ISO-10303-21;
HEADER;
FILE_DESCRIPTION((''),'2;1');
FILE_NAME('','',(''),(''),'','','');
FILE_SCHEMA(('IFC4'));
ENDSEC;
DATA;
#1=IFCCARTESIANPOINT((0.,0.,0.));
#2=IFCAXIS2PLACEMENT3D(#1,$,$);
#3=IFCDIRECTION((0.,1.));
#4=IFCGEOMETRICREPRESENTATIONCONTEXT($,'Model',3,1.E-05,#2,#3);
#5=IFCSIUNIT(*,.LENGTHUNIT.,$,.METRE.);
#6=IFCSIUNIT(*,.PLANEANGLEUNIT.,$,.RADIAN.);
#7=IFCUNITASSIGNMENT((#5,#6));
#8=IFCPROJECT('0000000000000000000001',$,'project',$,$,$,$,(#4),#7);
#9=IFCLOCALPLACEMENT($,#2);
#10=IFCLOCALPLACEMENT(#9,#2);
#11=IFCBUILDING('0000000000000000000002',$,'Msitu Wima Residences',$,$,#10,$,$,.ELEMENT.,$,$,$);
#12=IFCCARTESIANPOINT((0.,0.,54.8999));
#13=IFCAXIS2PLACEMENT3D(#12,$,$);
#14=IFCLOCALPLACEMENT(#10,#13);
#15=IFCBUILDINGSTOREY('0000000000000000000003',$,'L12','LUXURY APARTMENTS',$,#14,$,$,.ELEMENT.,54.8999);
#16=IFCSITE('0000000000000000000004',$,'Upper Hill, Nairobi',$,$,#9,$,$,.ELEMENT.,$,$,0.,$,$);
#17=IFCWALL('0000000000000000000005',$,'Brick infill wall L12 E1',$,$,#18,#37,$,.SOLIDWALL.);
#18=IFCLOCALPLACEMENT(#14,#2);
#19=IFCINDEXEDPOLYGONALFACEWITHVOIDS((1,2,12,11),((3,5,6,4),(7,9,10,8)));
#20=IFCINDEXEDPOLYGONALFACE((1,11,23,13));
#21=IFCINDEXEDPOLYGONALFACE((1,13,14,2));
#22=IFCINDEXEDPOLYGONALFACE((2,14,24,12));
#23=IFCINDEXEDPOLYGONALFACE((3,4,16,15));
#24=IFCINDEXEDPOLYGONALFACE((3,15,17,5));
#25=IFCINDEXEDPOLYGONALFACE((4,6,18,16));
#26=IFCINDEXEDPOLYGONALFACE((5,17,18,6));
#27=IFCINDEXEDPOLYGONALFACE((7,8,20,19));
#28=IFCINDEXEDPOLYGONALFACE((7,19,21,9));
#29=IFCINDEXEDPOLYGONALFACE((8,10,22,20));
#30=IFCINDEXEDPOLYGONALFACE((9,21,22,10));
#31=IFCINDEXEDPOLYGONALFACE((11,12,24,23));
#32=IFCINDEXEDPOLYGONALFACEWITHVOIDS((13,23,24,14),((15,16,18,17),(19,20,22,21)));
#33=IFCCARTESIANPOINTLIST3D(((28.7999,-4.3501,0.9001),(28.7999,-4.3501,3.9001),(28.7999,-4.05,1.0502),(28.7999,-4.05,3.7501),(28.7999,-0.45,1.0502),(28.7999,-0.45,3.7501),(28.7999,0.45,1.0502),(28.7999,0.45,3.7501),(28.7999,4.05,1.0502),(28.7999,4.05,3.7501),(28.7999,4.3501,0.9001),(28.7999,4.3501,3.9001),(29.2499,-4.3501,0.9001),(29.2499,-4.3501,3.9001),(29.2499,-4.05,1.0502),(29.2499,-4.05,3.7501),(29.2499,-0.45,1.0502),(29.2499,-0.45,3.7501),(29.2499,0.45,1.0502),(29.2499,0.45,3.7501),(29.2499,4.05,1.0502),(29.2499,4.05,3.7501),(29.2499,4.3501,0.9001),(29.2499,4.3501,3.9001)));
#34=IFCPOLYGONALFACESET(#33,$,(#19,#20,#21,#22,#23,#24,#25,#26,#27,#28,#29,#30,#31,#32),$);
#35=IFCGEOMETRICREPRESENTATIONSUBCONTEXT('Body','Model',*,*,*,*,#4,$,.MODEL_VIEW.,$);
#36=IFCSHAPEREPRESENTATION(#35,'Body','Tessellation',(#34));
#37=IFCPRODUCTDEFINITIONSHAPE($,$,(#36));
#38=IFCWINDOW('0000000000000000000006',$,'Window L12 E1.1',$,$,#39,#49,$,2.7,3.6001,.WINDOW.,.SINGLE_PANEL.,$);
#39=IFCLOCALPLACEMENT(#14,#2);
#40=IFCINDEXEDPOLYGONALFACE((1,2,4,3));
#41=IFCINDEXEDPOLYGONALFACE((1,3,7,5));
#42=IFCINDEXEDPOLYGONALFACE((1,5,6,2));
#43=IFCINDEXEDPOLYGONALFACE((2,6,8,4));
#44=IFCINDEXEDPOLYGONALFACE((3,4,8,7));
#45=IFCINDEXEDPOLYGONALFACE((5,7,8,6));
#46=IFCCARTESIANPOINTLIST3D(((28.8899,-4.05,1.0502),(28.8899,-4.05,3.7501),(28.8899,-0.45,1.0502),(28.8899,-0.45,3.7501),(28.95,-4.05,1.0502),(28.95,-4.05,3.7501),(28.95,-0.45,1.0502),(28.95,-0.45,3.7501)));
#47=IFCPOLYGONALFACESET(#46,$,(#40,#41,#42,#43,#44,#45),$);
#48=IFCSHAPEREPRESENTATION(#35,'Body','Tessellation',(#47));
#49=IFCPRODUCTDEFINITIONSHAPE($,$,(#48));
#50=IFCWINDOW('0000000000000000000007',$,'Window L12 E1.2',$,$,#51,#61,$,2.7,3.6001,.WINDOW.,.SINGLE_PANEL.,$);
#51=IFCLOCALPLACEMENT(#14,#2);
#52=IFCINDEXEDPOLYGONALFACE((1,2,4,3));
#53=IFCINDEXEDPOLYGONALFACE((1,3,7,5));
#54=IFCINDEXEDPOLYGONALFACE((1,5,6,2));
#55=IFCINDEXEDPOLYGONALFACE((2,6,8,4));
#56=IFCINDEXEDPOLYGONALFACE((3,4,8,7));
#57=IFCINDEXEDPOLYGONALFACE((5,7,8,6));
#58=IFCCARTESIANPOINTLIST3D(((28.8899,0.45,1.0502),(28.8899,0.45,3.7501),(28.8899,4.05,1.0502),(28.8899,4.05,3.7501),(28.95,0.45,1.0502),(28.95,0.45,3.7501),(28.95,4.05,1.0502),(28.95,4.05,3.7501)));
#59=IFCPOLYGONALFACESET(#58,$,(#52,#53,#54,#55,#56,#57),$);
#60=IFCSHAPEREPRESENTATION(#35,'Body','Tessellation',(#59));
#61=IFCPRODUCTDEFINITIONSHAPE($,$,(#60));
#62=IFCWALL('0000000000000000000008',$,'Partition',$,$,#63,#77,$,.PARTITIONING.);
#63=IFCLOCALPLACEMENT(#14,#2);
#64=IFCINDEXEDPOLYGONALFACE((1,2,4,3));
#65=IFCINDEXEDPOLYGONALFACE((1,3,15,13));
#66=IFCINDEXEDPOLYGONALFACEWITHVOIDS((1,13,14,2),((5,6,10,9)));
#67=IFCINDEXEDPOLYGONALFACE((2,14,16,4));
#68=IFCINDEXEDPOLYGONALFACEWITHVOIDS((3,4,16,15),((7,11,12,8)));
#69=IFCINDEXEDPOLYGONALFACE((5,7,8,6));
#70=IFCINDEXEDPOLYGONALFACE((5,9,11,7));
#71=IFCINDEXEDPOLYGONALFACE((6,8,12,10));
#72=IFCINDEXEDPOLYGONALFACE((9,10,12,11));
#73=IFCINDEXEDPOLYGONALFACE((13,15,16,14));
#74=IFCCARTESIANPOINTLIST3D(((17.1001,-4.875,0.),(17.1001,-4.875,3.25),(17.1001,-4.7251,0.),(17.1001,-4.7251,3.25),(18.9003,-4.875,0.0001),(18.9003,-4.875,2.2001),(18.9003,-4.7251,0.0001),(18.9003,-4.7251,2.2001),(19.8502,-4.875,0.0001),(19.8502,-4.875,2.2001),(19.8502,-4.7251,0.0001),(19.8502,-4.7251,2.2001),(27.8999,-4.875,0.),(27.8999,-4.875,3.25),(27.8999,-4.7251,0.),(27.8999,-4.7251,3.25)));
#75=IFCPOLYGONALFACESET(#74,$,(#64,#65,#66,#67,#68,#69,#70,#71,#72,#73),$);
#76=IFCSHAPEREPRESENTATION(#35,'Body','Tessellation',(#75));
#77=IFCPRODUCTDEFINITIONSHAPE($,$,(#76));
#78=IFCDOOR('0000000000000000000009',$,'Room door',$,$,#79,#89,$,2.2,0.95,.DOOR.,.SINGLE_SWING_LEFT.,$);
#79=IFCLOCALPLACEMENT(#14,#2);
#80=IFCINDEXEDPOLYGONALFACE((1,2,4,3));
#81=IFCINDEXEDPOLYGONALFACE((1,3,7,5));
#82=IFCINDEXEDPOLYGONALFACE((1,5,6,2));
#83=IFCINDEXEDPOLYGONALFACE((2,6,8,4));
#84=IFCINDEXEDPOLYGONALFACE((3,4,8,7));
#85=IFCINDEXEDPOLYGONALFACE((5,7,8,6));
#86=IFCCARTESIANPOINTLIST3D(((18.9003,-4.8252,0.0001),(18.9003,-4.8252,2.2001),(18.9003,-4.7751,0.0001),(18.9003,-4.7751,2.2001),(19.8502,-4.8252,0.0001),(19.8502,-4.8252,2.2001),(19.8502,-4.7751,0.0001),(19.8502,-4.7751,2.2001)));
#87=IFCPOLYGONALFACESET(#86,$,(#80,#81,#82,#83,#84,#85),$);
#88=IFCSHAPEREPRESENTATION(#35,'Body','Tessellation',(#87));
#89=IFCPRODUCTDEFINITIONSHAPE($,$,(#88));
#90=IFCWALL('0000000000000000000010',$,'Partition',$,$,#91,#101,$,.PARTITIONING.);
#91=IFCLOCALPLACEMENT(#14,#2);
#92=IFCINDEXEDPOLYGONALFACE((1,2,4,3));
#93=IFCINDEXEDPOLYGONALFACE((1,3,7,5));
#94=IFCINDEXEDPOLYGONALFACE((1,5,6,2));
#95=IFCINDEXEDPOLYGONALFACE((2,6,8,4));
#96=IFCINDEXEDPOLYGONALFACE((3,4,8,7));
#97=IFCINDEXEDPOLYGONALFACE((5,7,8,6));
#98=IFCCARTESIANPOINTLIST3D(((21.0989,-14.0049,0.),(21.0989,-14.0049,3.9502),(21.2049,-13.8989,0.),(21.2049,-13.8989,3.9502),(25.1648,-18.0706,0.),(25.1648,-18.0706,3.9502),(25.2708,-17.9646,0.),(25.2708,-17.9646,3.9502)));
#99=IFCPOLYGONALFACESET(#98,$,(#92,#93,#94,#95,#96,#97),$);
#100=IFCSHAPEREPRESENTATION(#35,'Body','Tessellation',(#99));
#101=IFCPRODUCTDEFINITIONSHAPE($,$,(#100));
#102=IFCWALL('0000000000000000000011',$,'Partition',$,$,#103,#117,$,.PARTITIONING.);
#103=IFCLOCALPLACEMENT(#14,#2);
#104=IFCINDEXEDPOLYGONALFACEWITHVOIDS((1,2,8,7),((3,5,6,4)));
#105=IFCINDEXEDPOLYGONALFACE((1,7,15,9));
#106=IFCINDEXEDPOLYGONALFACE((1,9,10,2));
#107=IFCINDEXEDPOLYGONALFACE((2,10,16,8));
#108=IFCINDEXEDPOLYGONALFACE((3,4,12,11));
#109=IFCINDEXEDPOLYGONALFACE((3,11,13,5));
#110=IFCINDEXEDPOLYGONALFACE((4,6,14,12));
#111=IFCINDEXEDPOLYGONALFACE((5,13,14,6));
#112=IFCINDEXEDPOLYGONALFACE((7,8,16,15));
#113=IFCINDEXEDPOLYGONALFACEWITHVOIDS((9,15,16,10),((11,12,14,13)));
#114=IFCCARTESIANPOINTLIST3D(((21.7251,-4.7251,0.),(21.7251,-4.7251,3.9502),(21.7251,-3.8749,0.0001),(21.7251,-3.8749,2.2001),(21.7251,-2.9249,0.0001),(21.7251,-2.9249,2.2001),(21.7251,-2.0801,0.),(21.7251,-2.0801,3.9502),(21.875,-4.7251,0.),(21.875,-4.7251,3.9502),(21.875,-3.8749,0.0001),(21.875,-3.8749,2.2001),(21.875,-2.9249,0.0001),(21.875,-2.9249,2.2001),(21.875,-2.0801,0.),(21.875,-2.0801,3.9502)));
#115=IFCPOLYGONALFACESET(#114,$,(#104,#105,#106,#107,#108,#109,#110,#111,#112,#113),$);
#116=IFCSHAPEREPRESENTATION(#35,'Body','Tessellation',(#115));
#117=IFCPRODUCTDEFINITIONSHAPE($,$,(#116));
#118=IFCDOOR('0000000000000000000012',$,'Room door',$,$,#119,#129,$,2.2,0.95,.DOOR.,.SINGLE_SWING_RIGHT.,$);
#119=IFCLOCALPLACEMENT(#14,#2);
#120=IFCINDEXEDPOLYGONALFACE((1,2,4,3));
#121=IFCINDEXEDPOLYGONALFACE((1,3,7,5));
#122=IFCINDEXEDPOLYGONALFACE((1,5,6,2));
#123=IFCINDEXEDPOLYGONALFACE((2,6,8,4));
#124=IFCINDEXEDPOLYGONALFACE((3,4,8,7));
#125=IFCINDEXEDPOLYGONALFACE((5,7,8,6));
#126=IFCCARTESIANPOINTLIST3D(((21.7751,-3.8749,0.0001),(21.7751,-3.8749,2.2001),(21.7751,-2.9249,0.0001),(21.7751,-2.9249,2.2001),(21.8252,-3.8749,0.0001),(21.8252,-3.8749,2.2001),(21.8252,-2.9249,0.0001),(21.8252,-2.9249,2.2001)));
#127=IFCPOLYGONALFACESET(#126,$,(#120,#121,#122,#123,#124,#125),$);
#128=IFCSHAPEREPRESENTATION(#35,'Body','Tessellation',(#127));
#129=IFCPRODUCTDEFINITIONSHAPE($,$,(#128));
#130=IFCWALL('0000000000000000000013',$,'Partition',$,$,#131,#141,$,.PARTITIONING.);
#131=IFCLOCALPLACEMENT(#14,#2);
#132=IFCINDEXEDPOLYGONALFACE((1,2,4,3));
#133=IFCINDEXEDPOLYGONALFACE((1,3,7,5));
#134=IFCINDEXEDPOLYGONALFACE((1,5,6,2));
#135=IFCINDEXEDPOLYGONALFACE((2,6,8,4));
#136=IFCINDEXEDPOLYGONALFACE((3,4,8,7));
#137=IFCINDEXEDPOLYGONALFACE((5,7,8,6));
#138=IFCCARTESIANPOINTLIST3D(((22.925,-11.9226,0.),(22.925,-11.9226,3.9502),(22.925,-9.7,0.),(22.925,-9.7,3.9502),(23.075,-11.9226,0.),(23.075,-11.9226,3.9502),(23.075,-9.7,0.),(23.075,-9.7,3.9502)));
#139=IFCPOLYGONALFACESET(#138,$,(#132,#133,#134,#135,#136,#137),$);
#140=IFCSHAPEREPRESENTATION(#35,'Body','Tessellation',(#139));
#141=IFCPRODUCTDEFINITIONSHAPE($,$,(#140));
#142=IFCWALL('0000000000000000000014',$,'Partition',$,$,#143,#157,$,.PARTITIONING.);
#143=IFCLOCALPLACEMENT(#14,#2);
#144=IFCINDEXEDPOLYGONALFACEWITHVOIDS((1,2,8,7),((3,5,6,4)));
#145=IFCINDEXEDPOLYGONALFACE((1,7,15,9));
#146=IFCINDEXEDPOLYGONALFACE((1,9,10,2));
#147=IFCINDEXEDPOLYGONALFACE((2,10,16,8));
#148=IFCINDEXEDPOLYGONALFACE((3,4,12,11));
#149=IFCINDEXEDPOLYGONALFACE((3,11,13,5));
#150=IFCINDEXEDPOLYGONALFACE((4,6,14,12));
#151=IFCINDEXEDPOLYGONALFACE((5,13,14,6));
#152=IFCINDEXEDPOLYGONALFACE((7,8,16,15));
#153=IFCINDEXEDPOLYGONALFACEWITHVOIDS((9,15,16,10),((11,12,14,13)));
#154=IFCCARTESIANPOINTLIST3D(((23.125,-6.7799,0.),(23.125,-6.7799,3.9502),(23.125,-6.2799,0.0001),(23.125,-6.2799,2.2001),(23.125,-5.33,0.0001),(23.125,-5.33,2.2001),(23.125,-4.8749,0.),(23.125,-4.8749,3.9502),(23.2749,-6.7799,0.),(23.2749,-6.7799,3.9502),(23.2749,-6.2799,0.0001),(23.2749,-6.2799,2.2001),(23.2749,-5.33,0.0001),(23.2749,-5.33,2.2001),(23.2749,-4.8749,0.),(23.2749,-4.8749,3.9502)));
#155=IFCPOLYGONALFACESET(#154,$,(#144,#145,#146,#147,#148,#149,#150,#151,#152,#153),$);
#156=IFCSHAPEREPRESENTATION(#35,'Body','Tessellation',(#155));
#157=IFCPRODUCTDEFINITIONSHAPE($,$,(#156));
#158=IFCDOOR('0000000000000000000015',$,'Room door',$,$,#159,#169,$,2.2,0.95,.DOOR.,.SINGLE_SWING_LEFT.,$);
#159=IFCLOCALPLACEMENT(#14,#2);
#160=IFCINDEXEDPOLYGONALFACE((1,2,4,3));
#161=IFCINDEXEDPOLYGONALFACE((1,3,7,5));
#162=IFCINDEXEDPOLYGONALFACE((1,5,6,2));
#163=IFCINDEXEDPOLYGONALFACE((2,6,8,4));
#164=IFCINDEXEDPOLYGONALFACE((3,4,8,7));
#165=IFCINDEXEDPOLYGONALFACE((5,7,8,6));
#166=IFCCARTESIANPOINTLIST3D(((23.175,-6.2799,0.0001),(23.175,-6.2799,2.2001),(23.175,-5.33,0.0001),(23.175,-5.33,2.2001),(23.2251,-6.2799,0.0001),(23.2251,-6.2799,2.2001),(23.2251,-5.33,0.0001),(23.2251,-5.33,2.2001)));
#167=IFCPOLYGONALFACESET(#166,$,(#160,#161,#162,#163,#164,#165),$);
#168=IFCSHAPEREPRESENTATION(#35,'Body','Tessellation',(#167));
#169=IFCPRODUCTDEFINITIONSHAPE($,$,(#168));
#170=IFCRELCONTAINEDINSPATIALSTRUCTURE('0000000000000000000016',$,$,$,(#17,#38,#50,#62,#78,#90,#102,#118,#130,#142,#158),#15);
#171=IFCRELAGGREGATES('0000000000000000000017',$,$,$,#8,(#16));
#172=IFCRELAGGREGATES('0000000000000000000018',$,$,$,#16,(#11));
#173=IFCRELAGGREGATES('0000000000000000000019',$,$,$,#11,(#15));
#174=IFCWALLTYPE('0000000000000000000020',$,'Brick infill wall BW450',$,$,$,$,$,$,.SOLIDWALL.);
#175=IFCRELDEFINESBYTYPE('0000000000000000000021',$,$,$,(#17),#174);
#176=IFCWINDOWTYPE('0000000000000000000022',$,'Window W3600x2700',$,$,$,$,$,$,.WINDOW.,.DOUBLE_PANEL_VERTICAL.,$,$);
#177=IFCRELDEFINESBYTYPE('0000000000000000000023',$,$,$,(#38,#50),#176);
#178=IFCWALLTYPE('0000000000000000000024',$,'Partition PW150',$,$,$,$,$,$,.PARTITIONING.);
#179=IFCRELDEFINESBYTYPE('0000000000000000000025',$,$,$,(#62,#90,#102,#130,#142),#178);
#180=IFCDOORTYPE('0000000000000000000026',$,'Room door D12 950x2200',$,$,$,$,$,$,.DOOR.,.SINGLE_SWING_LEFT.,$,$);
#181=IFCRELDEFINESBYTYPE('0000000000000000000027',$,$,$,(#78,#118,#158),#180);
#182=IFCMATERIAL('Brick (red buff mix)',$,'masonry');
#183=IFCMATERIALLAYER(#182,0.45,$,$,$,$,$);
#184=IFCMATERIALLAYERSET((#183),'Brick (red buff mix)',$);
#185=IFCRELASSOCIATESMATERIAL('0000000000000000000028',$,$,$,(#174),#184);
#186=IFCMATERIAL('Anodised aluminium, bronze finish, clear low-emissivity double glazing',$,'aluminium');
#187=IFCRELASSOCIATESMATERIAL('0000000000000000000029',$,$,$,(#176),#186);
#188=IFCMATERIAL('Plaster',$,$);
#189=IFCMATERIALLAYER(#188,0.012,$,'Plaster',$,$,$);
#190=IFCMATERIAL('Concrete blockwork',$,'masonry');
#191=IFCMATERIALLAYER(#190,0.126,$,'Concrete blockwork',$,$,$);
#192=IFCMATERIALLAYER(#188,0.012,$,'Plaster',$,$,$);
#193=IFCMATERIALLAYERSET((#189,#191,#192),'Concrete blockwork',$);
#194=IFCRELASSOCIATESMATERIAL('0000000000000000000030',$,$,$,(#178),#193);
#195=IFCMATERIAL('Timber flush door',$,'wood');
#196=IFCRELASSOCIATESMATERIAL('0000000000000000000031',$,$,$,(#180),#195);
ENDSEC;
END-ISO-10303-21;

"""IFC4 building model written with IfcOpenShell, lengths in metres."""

from ifc_helpers import new_model, si_unit, direction, frame, frame_2d, origin, place, context, subcontext, project, spatial, rectangle, extrude, material, layer, layer_set, type_object, element, fill, save


model = new_model("IFC4")

# Units and contexts
model_context = context("Model", 3, precision=1e-05, world=origin(), true_north=direction((0.0, 1.0)))
body_context = subcontext(model_context, "Body", "Model", "MODEL_VIEW")
ifc_project = project(units=[si_unit("LENGTHUNIT", "METRE"), si_unit("PLANEANGLEUNIT", "RADIAN")], contexts=[model_context])

# Site, building, storey
site_placement = place(None, origin())
site = spatial("IfcSite", under=ifc_project, at=site_placement, Name="Upper Hill, Nairobi", CompositionType="ELEMENT", RefElevation=0.0)
building_placement = place(site_placement, origin())
building = spatial("IfcBuilding", under=site, at=building_placement, Name="Msitu Wima Residences", CompositionType="ELEMENT")
storey_placement = place(building_placement, frame((0.0, 0.0, 54.8999)))
storey = spatial("IfcBuildingStorey", under=building, at=storey_placement, Name="L12", Description="LUXURY APARTMENTS", CompositionType="ELEMENT", Elevation=54.8999)

# Shared definitions
ifc_material_1 = material(Name="Brick (red buff mix)", Category="masonry")
ifc_layer_1 = layer(ifc_material_1, 0.45)
ifc_layer_set_1 = layer_set([ifc_layer_1], Name="Brick (red buff mix)")
wall_type_1 = type_object("IfcWallType", Name="Brick infill wall BW450", PredefinedType="SOLIDWALL", material=ifc_layer_set_1)
ifc_material_2 = material(Name="Anodised aluminium, bronze finish, clear low-emissivity double glazing", Category="aluminium")
window_type = type_object("IfcWindowType", Name="Window W3600x2700", PartitioningType="DOUBLE_PANEL_VERTICAL", PredefinedType="WINDOW", material=ifc_material_2)

# Wall, openings, windows
wall_1_placement = place(storey_placement, frame((29.0249, -4.3501, 0.9001), z_axis=(0.0, 0.0, 1.0), x_axis=(0.0, 1.0, 0.0)))
wall_1 = element("IfcWall", 1, at=wall_1_placement, inside=storey, type_object=wall_type_1, Name="Brick infill wall L12 E1", PredefinedType="SOLIDWALL", context=body_context, shape_type="SweptSolid", body=[
    extrude(rectangle(XDim=8.7002, YDim=0.45, at=frame_2d((4.3501, 0.0))), origin(), (0.0, 0.0, 1.0), 3.0),
])
opening_1_placement = place(wall_1_placement, frame((0.3, 0.0, 0.1499)))
opening_1 = element("IfcOpeningElement", 2, at=opening_1_placement, cuts=wall_1, PredefinedType="OPENING", context=body_context, shape_type="SweptSolid", body=[
    extrude(rectangle(XDim=3.6001, YDim=2.7, at=frame_2d((1.8, 1.3501))), frame((0.0, 0.2349, 0.0), z_axis=(0.0, -1.0, 0.0), x_axis=(1.0, 0.0, 0.0)), (0.0, 0.0, 1.0), 0.47),
])
opening_2_placement = place(wall_1_placement, frame((4.8, 0.0, 0.1499)))
opening_2 = element("IfcOpeningElement", 3, at=opening_2_placement, cuts=wall_1, PredefinedType="OPENING", context=body_context, shape_type="SweptSolid", body=[
    extrude(rectangle(XDim=3.6001, YDim=2.7, at=frame_2d((1.8, 1.3501))), frame((0.0, 0.2349, 0.0), z_axis=(0.0, -1.0, 0.0), x_axis=(1.0, 0.0, 0.0)), (0.0, 0.0, 1.0), 0.47),
])
window_1_placement = place(opening_1_placement, origin())
window_1 = element("IfcWindow", 4, at=window_1_placement, inside=storey, type_object=window_type, Name="Window L12 E1.1", OverallHeight=2.7, OverallWidth=3.6001, PartitioningType="SINGLE_PANEL", PredefinedType="WINDOW", context=body_context, shape_type="SweptSolid", body=[
    extrude(rectangle(XDim=3.6001, YDim=2.7, at=frame_2d((1.8, 1.3501))), frame((0.0, 0.135, 0.0), z_axis=(0.0, -1.0, 0.0), x_axis=(1.0, 0.0, 0.0)), (0.0, 0.0, 1.0), 0.0601),
])
fill(opening_1, window_1)
window_2_placement = place(opening_2_placement, origin())
window_2 = element("IfcWindow", 5, at=window_2_placement, inside=storey, type_object=window_type, Name="Window L12 E1.2", OverallHeight=2.7, OverallWidth=3.6001, PartitioningType="SINGLE_PANEL", PredefinedType="WINDOW", context=body_context, shape_type="SweptSolid", body=[
    extrude(rectangle(XDim=3.6001, YDim=2.7, at=frame_2d((1.8, 1.3501))), frame((0.0, 0.135, 0.0), z_axis=(0.0, -1.0, 0.0), x_axis=(1.0, 0.0, 0.0)), (0.0, 0.0, 1.0), 0.0601),
])
fill(opening_2, window_2)

# Wall, opening, door
ifc_material_3 = material(Name="Plaster")
ifc_layer_2 = layer(ifc_material_3, 0.012, Name="Plaster")
ifc_material_4 = material(Name="Concrete blockwork", Category="masonry")
ifc_layer_3 = layer(ifc_material_4, 0.126, Name="Concrete blockwork")
ifc_layer_4 = layer(ifc_material_3, 0.012, Name="Plaster")
ifc_layer_set_2 = layer_set([ifc_layer_2, ifc_layer_3, ifc_layer_4], Name="Concrete blockwork")
wall_type_2 = type_object("IfcWallType", Name="Partition PW150", PredefinedType="PARTITIONING", material=ifc_layer_set_2)
wall_2_placement = place(storey_placement, frame((17.1001, -4.8, 0.0), z_axis=(0.0, 0.0, 1.0), x_axis=(1.0, 0.0, 0.0)))
wall_2 = element("IfcWall", 6, at=wall_2_placement, inside=storey, type_object=wall_type_2, Name="Partition", PredefinedType="PARTITIONING", context=body_context, shape_type="SweptSolid", body=[
    extrude(rectangle(XDim=10.7998, YDim=0.1499, at=frame_2d((5.3999, 0.0))), origin(), (0.0, 0.0, 1.0), 3.25),
])
opening_3_placement = place(wall_2_placement, frame((1.8, 0.0, 0.0)))
opening_3 = element("IfcOpeningElement", 7, at=opening_3_placement, cuts=wall_2, PredefinedType="OPENING", context=body_context, shape_type="SweptSolid", body=[
    extrude(rectangle(XDim=0.95, YDim=2.2, at=frame_2d((0.4751, 1.1001))), frame((0.0, 0.085, 0.0), z_axis=(0.0, -1.0, 0.0), x_axis=(1.0, 0.0, 0.0)), (0.0, 0.0, 1.0), 0.1699),
])
ifc_material_5 = material(Name="Timber flush door", Category="wood")
door_type_1 = type_object("IfcDoorType", Name="Room door D12 950x2200", OperationType="SINGLE_SWING_LEFT", PredefinedType="DOOR", material=ifc_material_5)
door_1_placement = place(opening_3_placement, origin())
door_1 = element("IfcDoor", 8, at=door_1_placement, inside=storey, type_object=door_type_1, Name="Room door", OperationType="SINGLE_SWING_LEFT", OverallHeight=2.2, OverallWidth=0.95, PredefinedType="DOOR", context=body_context, shape_type="SweptSolid", body=[
    extrude(rectangle(XDim=0.95, YDim=2.2, at=frame_2d((0.4751, 1.1001))), frame((0.0, 0.0249, 0.0), z_axis=(0.0, -1.0, 0.0), x_axis=(1.0, 0.0, 0.0)), (0.0, 0.0, 1.0), 0.05),
])
fill(opening_3, door_1)

# Wall
wall_3_placement = place(storey_placement, frame((21.1519, -13.9519, 0.0), z_axis=(0.0, 0.0, 1.0), x_axis=(0.707128, -0.707086, 0.0)))
element("IfcWall", 9, at=wall_3_placement, inside=storey, type_object=wall_type_2, Name="Partition", PredefinedType="PARTITIONING", context=body_context, shape_type="SweptSolid", body=[
    extrude(rectangle(XDim=5.75, YDim=0.1499, at=frame_2d((2.875, 0.0))), origin(), (0.0, 0.0, 1.0), 3.9502),
])

# Wall, opening, door
wall_4_placement = place(storey_placement, frame((21.8, -4.7251, 0.0), z_axis=(0.0, 0.0, 1.0), x_axis=(0.0, 1.0, 0.0)))
wall_4 = element("IfcWall", 10, at=wall_4_placement, inside=storey, type_object=wall_type_2, Name="Partition", PredefinedType="PARTITIONING", context=body_context, shape_type="SweptSolid", body=[
    extrude(rectangle(XDim=2.645, YDim=0.1499, at=frame_2d((1.3225, 0.0))), origin(), (0.0, 0.0, 1.0), 3.9502),
])
opening_4_placement = place(wall_4_placement, frame((0.8501, 0.0, 0.0)))
opening_4 = element("IfcOpeningElement", 11, at=opening_4_placement, cuts=wall_4, PredefinedType="OPENING", context=body_context, shape_type="SweptSolid", body=[
    extrude(rectangle(XDim=0.95, YDim=2.2, at=frame_2d((0.4751, 1.1001))), frame((0.0, 0.085, 0.0), z_axis=(0.0, -1.0, 0.0), x_axis=(1.0, 0.0, 0.0)), (0.0, 0.0, 1.0), 0.1699),
])
door_2_placement = place(opening_4_placement, origin())
door_2 = element("IfcDoor", 12, at=door_2_placement, inside=storey, type_object=door_type_1, Name="Room door", OperationType="SINGLE_SWING_RIGHT", OverallHeight=2.2, OverallWidth=0.95, PredefinedType="DOOR", context=body_context, shape_type="SweptSolid", body=[
    extrude(rectangle(XDim=0.95, YDim=2.2, at=frame_2d((0.4751, 1.1001))), frame((0.0, 0.0249, 0.0), z_axis=(0.0, -1.0, 0.0), x_axis=(1.0, 0.0, 0.0)), (0.0, 0.0, 1.0), 0.05),
])
fill(opening_4, door_2)

# Wall
wall_5_placement = place(storey_placement, frame((23.0, -11.9226, 0.0), z_axis=(0.0, 0.0, 1.0), x_axis=(0.0, 1.0, 0.0)))
element("IfcWall", 13, at=wall_5_placement, inside=storey, type_object=wall_type_2, Name="Partition", PredefinedType="PARTITIONING", context=body_context, shape_type="SweptSolid", body=[
    extrude(rectangle(XDim=2.2227, YDim=0.1499, at=frame_2d((1.1113, 0.0))), origin(), (0.0, 0.0, 1.0), 3.9502),
])

# Wall, opening, door
wall_6_placement = place(storey_placement, frame((23.2, -6.78, 0.0), z_axis=(0.0, 0.0, 1.0), x_axis=(0.0, 1.0, 0.0)))
wall_6 = element("IfcWall", 14, at=wall_6_placement, inside=storey, type_object=wall_type_2, Name="Partition", PredefinedType="PARTITIONING", context=body_context, shape_type="SweptSolid", body=[
    extrude(rectangle(XDim=1.905, YDim=0.1499, at=frame_2d((0.9526, 0.0))), origin(), (0.0, 0.0, 1.0), 3.9502),
])
opening_5_placement = place(wall_6_placement, frame((0.5, 0.0, 0.0)))
opening_5 = element("IfcOpeningElement", 15, at=opening_5_placement, cuts=wall_6, PredefinedType="OPENING", context=body_context, shape_type="SweptSolid", body=[
    extrude(rectangle(XDim=0.95, YDim=2.2, at=frame_2d((0.4751, 1.1001))), frame((0.0, 0.085, 0.0), z_axis=(0.0, -1.0, 0.0), x_axis=(1.0, 0.0, 0.0)), (0.0, 0.0, 1.0), 0.1699),
])
door_3_placement = place(opening_5_placement, origin())
door_3 = element("IfcDoor", 16, at=door_3_placement, inside=storey, type_object=door_type_1, Name="Room door", OperationType="SINGLE_SWING_LEFT", OverallHeight=2.2, OverallWidth=0.95, PredefinedType="DOOR", context=body_context, shape_type="SweptSolid", body=[
    extrude(rectangle(XDim=0.95, YDim=2.2, at=frame_2d((0.4751, 1.1001))), frame((0.0, 0.0249, 0.0), z_axis=(0.0, -1.0, 0.0), x_axis=(1.0, 0.0, 0.0)), (0.0, 0.0, 1.0), 0.05),
])
fill(opening_5, door_3)

save(model, "model.ifc")
